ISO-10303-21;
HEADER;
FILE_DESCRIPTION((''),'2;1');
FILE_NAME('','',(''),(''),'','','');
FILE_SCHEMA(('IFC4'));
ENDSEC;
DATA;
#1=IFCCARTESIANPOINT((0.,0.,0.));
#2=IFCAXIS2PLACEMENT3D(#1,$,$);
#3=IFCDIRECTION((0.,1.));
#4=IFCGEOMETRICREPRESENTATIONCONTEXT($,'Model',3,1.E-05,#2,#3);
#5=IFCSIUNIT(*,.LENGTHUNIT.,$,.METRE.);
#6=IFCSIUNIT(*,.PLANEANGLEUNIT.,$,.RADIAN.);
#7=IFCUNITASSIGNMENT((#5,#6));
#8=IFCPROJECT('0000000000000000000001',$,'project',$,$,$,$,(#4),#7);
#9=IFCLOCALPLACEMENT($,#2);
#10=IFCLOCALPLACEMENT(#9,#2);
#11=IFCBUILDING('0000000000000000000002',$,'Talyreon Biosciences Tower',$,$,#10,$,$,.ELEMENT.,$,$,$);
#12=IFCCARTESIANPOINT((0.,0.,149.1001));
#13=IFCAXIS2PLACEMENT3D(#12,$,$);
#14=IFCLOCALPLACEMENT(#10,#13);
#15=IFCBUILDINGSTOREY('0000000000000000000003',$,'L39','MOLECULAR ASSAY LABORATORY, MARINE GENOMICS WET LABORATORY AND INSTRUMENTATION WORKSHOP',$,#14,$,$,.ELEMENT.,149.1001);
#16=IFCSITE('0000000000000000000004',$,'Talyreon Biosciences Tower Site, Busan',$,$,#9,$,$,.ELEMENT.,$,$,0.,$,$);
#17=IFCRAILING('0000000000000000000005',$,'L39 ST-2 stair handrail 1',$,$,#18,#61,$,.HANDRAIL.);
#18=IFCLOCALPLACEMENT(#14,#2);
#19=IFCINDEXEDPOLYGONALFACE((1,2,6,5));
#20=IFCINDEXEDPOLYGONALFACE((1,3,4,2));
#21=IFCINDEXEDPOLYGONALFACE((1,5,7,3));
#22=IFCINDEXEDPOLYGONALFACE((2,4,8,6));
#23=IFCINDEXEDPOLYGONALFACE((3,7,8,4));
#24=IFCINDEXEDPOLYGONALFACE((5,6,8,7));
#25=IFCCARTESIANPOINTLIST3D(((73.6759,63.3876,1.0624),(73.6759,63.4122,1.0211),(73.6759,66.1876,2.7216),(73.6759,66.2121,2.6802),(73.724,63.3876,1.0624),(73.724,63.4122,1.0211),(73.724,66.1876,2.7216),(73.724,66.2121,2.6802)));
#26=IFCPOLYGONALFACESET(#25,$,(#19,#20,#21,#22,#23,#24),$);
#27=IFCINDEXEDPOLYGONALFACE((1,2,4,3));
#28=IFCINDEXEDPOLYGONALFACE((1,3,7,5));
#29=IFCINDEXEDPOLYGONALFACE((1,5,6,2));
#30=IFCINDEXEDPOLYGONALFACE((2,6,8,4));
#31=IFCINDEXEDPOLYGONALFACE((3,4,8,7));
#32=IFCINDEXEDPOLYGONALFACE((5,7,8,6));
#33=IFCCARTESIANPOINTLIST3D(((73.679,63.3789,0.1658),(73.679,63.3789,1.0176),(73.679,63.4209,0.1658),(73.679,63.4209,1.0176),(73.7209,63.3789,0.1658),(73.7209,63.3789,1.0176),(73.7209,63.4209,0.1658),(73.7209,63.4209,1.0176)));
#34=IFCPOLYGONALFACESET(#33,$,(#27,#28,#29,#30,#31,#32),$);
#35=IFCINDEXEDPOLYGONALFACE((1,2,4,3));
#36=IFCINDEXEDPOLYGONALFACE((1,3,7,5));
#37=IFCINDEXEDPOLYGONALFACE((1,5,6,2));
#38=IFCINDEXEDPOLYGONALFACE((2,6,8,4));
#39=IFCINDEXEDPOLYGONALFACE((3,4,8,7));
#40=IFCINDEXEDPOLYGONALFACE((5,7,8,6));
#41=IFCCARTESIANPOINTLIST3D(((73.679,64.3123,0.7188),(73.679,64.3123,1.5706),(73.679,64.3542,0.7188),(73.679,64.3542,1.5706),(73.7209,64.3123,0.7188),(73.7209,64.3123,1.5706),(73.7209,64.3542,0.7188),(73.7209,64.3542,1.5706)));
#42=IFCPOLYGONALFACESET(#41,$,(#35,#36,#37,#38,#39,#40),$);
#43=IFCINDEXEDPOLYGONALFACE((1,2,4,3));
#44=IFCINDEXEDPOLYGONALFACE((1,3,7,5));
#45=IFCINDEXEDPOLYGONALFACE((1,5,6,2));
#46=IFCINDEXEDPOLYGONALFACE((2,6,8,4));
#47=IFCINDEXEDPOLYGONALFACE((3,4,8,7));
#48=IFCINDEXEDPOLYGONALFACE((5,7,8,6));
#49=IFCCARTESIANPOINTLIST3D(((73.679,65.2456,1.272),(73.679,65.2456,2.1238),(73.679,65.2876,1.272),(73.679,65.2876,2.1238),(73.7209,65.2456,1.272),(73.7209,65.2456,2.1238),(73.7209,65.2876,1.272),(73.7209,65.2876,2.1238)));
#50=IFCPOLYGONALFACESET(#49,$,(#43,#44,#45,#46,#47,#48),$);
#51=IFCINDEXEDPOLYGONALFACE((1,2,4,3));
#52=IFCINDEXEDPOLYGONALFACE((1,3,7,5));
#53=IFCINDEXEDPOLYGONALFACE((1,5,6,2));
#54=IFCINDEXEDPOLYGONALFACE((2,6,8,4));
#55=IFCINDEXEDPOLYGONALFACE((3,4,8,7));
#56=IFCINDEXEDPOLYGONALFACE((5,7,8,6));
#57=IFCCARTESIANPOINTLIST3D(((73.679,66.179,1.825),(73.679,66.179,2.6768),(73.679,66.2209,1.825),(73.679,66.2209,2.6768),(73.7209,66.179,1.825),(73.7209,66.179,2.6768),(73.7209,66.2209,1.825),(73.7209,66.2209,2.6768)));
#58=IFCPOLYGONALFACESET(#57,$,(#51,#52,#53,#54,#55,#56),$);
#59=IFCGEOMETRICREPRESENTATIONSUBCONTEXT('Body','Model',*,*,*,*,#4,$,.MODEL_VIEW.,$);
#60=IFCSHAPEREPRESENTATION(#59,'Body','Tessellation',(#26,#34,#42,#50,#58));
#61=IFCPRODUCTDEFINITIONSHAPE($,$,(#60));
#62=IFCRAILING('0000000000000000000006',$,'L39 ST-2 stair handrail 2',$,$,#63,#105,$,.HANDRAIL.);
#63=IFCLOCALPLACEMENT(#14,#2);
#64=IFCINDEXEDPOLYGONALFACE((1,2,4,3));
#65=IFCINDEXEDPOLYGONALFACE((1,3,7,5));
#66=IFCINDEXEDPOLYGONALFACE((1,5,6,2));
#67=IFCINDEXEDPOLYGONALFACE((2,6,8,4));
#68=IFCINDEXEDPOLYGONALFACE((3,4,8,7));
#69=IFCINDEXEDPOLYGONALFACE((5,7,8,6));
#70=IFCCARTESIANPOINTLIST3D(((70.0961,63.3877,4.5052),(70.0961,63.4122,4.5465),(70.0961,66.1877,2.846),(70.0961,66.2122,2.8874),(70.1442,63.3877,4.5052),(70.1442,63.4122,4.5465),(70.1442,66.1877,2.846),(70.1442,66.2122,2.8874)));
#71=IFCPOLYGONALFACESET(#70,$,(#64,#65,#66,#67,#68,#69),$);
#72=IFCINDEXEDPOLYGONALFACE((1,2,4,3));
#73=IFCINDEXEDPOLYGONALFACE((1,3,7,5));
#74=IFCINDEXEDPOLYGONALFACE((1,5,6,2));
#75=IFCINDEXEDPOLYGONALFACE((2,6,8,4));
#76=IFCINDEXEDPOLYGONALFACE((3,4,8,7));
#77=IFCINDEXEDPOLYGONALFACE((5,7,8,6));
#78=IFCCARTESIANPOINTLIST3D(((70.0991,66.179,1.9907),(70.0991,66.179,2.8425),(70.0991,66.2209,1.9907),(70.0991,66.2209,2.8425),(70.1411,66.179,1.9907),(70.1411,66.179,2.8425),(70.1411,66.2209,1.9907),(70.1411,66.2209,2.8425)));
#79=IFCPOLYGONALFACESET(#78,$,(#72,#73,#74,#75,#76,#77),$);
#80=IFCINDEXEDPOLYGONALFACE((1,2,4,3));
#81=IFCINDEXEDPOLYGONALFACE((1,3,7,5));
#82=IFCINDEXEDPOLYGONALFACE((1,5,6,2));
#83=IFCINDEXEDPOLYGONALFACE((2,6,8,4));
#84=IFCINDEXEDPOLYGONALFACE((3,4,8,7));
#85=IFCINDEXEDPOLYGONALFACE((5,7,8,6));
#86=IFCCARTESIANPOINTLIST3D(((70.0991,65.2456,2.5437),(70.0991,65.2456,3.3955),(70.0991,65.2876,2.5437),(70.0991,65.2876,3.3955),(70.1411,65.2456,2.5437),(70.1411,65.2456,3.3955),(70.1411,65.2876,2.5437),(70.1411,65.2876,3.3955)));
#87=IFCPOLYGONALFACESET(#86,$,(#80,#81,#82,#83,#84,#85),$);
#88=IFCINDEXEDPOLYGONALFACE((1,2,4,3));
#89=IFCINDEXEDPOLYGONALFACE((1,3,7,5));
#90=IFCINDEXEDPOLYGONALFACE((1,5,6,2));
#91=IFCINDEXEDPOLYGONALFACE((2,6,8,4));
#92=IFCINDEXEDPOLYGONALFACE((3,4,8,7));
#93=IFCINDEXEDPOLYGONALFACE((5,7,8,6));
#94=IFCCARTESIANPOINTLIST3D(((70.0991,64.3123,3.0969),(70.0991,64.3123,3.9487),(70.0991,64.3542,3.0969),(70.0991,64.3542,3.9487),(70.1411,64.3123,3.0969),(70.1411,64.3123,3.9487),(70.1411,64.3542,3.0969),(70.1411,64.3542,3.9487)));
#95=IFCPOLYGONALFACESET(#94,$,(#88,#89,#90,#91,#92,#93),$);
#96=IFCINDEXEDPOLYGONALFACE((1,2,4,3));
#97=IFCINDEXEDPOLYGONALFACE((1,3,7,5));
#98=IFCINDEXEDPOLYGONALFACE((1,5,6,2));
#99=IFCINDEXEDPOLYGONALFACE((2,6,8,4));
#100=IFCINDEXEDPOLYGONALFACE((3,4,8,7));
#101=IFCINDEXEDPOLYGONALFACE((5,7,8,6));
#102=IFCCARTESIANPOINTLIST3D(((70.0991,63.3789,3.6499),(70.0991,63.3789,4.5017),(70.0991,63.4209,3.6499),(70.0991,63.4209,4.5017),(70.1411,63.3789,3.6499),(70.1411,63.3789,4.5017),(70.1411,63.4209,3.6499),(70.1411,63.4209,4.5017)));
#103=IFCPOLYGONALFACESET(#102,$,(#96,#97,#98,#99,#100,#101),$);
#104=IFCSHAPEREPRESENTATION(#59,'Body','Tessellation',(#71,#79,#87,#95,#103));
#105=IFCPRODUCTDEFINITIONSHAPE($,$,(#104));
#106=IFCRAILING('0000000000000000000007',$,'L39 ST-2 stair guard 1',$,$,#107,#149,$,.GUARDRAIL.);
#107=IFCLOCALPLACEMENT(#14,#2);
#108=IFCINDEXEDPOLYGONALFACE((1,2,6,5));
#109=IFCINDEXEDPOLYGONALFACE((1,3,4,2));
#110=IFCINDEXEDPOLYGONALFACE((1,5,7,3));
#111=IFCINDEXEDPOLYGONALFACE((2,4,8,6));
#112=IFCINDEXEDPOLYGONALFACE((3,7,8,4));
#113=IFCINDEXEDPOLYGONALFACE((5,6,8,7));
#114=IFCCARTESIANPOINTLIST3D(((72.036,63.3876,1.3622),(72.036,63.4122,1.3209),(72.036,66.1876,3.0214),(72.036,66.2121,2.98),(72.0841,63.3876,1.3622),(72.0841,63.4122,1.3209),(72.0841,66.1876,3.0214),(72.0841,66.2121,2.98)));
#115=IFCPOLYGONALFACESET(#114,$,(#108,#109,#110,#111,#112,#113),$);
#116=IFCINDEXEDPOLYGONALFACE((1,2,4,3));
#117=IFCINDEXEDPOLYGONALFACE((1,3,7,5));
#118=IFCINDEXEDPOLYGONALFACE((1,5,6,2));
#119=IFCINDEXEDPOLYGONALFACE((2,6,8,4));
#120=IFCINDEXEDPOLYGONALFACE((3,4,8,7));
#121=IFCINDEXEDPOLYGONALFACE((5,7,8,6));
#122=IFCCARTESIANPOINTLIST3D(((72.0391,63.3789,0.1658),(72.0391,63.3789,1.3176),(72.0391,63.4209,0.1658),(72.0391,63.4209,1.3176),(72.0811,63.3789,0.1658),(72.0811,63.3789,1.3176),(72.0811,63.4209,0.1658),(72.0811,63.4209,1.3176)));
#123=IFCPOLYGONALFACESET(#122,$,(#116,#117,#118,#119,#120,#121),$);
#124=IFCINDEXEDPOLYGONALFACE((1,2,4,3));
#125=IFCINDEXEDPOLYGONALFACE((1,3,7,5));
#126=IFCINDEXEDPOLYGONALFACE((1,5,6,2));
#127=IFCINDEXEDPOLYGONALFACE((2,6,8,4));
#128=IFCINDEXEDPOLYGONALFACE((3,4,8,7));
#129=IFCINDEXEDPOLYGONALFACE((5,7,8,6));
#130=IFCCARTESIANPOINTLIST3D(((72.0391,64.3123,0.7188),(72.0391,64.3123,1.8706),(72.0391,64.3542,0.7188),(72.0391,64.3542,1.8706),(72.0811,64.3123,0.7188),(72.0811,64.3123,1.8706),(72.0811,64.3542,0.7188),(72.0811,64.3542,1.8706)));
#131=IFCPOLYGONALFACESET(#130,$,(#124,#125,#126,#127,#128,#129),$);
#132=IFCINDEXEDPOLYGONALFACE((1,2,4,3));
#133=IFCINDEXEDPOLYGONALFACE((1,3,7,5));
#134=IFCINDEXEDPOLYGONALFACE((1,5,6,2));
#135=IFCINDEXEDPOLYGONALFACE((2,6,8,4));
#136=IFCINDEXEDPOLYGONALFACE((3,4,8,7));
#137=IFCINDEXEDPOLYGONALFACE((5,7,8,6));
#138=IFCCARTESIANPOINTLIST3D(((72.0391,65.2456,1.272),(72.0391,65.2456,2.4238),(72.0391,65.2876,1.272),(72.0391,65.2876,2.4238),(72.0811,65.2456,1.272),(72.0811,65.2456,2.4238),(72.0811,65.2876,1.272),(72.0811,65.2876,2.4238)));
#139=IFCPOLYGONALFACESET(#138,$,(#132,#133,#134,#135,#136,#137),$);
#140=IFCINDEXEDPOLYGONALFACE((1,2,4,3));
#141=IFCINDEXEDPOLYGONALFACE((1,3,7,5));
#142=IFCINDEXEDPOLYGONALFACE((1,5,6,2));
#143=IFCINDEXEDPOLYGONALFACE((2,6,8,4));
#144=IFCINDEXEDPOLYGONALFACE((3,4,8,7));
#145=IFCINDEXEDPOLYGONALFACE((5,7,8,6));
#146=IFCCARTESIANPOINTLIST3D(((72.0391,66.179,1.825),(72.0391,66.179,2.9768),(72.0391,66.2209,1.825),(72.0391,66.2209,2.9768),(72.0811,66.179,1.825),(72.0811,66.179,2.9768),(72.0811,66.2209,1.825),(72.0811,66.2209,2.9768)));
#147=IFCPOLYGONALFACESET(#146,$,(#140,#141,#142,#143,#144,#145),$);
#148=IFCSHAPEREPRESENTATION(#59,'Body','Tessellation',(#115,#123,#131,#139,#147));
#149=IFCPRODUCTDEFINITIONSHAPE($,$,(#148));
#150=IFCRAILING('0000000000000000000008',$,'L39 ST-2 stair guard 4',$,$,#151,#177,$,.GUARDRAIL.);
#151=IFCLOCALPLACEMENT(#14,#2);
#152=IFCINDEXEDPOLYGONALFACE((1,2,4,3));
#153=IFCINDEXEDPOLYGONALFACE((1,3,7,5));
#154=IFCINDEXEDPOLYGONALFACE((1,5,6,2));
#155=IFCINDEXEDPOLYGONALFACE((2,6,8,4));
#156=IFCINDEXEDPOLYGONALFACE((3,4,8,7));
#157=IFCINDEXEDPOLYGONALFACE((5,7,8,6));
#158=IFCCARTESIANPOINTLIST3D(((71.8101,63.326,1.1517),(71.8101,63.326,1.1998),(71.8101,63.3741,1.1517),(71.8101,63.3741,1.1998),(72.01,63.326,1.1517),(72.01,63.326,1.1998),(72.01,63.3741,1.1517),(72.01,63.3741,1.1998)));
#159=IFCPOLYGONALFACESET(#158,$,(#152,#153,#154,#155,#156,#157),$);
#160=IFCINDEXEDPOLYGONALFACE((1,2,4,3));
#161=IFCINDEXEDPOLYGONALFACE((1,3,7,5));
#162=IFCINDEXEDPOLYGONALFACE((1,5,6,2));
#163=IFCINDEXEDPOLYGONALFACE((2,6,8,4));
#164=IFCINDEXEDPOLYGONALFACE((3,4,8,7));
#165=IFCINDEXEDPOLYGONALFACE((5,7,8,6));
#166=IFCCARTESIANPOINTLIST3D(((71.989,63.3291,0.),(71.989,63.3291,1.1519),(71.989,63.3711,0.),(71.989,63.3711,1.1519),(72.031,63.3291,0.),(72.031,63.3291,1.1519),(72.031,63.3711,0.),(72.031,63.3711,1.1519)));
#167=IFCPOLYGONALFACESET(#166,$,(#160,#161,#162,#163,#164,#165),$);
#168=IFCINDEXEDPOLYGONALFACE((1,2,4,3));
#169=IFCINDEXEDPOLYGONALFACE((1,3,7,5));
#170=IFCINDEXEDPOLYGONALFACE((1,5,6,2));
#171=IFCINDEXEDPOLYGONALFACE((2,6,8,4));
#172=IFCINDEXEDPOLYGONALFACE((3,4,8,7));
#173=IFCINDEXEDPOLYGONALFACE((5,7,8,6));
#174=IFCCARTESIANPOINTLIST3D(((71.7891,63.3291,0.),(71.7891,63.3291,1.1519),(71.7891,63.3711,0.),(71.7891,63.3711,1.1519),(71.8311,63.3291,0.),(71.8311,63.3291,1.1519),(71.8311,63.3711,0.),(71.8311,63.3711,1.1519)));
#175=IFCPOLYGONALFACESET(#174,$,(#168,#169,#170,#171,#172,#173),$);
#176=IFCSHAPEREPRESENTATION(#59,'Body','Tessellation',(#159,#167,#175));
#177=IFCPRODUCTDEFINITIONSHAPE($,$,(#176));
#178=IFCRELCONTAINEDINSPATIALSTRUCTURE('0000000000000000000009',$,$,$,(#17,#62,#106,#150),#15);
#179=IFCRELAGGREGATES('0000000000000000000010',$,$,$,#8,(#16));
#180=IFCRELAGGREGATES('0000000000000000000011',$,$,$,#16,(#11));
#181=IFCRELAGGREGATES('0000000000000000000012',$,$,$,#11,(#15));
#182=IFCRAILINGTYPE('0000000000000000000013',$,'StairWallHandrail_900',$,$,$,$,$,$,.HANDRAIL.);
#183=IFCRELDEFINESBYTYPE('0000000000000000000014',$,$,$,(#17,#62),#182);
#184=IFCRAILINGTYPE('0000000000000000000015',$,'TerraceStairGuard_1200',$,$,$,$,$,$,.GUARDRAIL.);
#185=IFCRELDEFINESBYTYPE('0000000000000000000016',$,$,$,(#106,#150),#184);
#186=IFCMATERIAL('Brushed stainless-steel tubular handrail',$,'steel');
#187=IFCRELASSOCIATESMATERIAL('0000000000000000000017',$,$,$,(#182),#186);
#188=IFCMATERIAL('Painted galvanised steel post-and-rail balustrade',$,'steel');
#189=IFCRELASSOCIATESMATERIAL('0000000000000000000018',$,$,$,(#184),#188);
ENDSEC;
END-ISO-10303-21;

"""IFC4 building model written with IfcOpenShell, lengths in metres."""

from ifc_helpers import new_model, si_unit, direction, frame, origin, origin_2d, place, context, subcontext, project, spatial, rectangle, extrude, material, type_object, element, save


model = new_model("IFC4")

# Units and contexts
model_context = context("Model", 3, precision=1e-05, world=origin(), true_north=direction((0.0, 1.0)))
body_context = subcontext(model_context, "Body", "Model", "MODEL_VIEW")
ifc_project = project(units=[si_unit("LENGTHUNIT", "METRE"), si_unit("PLANEANGLEUNIT", "RADIAN")], contexts=[model_context])

# Site, building, storey
site_placement = place(None, origin())
site = spatial("IfcSite", under=ifc_project, at=site_placement, Name="Talyreon Biosciences Tower Site, Busan", CompositionType="ELEMENT", RefElevation=0.0)
building_placement = place(site_placement, origin())
building = spatial("IfcBuilding", under=site, at=building_placement, Name="Talyreon Biosciences Tower", CompositionType="ELEMENT")
storey_placement = place(building_placement, frame((0.0, 0.0, 149.1001)))
storey = spatial("IfcBuildingStorey", under=building, at=storey_placement, Name="L39", Description="MOLECULAR ASSAY LABORATORY, MARINE GENOMICS WET LABORATORY AND INSTRUMENTATION WORKSHOP", CompositionType="ELEMENT", Elevation=149.1001)

# Railings
ifc_material_1 = material(Name="Brushed stainless-steel tubular handrail", Category="steel")
railing_type_1 = type_object("IfcRailingType", Name="StairWallHandrail_900", PredefinedType="HANDRAIL", material=ifc_material_1)
railing_1_placement = place(storey_placement, frame((73.7, 63.3999, 0.1658)))
element("IfcRailing", 1, at=railing_1_placement, inside=storey, type_object=railing_type_1, Name="L39 ST-2 stair handrail 1", PredefinedType="HANDRAIL", context=body_context, shape_type="SweptSolid", body=[
    extrude(rectangle(XDim=0.0481, YDim=0.0481, at=origin_2d()), frame((0.0, 0.0, 0.876), z_axis=(0.0, 0.860306, 0.509778), x_axis=(-1.0, 0.0, 0.0)), (0.0, 0.0, 1.0), 3.2546),
    extrude(rectangle(XDim=0.042, YDim=0.042, at=origin_2d()), origin(), (0.0, 0.0, 1.0), 0.8518),
    extrude(rectangle(XDim=0.042, YDim=0.042, at=origin_2d()), frame((0.0, 0.9333, 0.553)), (0.0, 0.0, 1.0), 0.8518),
    extrude(rectangle(XDim=0.042, YDim=0.042, at=origin_2d()), frame((0.0, 1.8667, 1.1062)), (0.0, 0.0, 1.0), 0.8518),
    extrude(rectangle(XDim=0.042, YDim=0.042, at=origin_2d()), frame((0.0, 2.8, 1.6592)), (0.0, 0.0, 1.0), 0.8518),
])
railing_2_placement = place(storey_placement, frame((70.1201, 66.2, 1.9907)))
element("IfcRailing", 2, at=railing_2_placement, inside=storey, type_object=railing_type_1, Name="L39 ST-2 stair handrail 2", PredefinedType="HANDRAIL", context=body_context, shape_type="SweptSolid", body=[
    extrude(rectangle(XDim=0.0481, YDim=0.0481, at=origin_2d()), frame((0.0, 0.0, 0.876), z_axis=(0.0, -0.860306, 0.509778), x_axis=(1.0, 0.0, 0.0)), (0.0, 0.0, 1.0), 3.2546),
    extrude(rectangle(XDim=0.042, YDim=0.042, at=origin_2d()), origin(), (0.0, 0.0, 1.0), 0.8518),
    extrude(rectangle(XDim=0.042, YDim=0.042, at=origin_2d()), frame((0.0, -0.9333, 0.553)), (0.0, 0.0, 1.0), 0.8518),
    extrude(rectangle(XDim=0.042, YDim=0.042, at=origin_2d()), frame((0.0, -1.8667, 1.1062)), (0.0, 0.0, 1.0), 0.8518),
    extrude(rectangle(XDim=0.042, YDim=0.042, at=origin_2d()), frame((0.0, -2.8, 1.6592)), (0.0, 0.0, 1.0), 0.8518),
])
ifc_material_2 = material(Name="Painted galvanised steel post-and-rail balustrade", Category="steel")
railing_type_2 = type_object("IfcRailingType", Name="TerraceStairGuard_1200", PredefinedType="GUARDRAIL", material=ifc_material_2)
railing_3_placement = place(storey_placement, frame((72.0601, 63.3999, 0.1658)))
element("IfcRailing", 3, at=railing_3_placement, inside=storey, type_object=railing_type_2, Name="L39 ST-2 stair guard 1", PredefinedType="GUARDRAIL", context=body_context, shape_type="SweptSolid", body=[
    extrude(rectangle(XDim=0.0481, YDim=0.0481, at=origin_2d()), frame((0.0, 0.0, 1.1758), z_axis=(0.0, 0.860306, 0.509778), x_axis=(-1.0, 0.0, 0.0)), (0.0, 0.0, 1.0), 3.2546),
    extrude(rectangle(XDim=0.042, YDim=0.042, at=origin_2d()), origin(), (0.0, 0.0, 1.0), 1.1519),
    extrude(rectangle(XDim=0.042, YDim=0.042, at=origin_2d()), frame((0.0, 0.9333, 0.553)), (0.0, 0.0, 1.0), 1.1519),
    extrude(rectangle(XDim=0.042, YDim=0.042, at=origin_2d()), frame((0.0, 1.8667, 1.1062)), (0.0, 0.0, 1.0), 1.1519),
    extrude(rectangle(XDim=0.042, YDim=0.042, at=origin_2d()), frame((0.0, 2.8, 1.6592)), (0.0, 0.0, 1.0), 1.1519),
])
railing_4_placement = place(storey_placement, frame((72.01, 63.3501, 0.0)))
element("IfcRailing", 4, at=railing_4_placement, inside=storey, type_object=railing_type_2, Name="L39 ST-2 stair guard 4", PredefinedType="GUARDRAIL", context=body_context, shape_type="SweptSolid", body=[
    extrude(rectangle(XDim=0.0481, YDim=0.0481, at=origin_2d()), frame((0.0, 0.0, 1.1758), z_axis=(-1.0, 0.0, 0.0), x_axis=(0.0, -1.0, 0.0)), (0.0, 0.0, 1.0), 0.2),
    extrude(rectangle(XDim=0.042, YDim=0.042, at=origin_2d()), origin(), (0.0, 0.0, 1.0), 1.1519),
    extrude(rectangle(XDim=0.042, YDim=0.042, at=origin_2d()), frame((-0.2, 0.0, 0.0)), (0.0, 0.0, 1.0), 1.1519),
])

save(model, "model.ifc")
